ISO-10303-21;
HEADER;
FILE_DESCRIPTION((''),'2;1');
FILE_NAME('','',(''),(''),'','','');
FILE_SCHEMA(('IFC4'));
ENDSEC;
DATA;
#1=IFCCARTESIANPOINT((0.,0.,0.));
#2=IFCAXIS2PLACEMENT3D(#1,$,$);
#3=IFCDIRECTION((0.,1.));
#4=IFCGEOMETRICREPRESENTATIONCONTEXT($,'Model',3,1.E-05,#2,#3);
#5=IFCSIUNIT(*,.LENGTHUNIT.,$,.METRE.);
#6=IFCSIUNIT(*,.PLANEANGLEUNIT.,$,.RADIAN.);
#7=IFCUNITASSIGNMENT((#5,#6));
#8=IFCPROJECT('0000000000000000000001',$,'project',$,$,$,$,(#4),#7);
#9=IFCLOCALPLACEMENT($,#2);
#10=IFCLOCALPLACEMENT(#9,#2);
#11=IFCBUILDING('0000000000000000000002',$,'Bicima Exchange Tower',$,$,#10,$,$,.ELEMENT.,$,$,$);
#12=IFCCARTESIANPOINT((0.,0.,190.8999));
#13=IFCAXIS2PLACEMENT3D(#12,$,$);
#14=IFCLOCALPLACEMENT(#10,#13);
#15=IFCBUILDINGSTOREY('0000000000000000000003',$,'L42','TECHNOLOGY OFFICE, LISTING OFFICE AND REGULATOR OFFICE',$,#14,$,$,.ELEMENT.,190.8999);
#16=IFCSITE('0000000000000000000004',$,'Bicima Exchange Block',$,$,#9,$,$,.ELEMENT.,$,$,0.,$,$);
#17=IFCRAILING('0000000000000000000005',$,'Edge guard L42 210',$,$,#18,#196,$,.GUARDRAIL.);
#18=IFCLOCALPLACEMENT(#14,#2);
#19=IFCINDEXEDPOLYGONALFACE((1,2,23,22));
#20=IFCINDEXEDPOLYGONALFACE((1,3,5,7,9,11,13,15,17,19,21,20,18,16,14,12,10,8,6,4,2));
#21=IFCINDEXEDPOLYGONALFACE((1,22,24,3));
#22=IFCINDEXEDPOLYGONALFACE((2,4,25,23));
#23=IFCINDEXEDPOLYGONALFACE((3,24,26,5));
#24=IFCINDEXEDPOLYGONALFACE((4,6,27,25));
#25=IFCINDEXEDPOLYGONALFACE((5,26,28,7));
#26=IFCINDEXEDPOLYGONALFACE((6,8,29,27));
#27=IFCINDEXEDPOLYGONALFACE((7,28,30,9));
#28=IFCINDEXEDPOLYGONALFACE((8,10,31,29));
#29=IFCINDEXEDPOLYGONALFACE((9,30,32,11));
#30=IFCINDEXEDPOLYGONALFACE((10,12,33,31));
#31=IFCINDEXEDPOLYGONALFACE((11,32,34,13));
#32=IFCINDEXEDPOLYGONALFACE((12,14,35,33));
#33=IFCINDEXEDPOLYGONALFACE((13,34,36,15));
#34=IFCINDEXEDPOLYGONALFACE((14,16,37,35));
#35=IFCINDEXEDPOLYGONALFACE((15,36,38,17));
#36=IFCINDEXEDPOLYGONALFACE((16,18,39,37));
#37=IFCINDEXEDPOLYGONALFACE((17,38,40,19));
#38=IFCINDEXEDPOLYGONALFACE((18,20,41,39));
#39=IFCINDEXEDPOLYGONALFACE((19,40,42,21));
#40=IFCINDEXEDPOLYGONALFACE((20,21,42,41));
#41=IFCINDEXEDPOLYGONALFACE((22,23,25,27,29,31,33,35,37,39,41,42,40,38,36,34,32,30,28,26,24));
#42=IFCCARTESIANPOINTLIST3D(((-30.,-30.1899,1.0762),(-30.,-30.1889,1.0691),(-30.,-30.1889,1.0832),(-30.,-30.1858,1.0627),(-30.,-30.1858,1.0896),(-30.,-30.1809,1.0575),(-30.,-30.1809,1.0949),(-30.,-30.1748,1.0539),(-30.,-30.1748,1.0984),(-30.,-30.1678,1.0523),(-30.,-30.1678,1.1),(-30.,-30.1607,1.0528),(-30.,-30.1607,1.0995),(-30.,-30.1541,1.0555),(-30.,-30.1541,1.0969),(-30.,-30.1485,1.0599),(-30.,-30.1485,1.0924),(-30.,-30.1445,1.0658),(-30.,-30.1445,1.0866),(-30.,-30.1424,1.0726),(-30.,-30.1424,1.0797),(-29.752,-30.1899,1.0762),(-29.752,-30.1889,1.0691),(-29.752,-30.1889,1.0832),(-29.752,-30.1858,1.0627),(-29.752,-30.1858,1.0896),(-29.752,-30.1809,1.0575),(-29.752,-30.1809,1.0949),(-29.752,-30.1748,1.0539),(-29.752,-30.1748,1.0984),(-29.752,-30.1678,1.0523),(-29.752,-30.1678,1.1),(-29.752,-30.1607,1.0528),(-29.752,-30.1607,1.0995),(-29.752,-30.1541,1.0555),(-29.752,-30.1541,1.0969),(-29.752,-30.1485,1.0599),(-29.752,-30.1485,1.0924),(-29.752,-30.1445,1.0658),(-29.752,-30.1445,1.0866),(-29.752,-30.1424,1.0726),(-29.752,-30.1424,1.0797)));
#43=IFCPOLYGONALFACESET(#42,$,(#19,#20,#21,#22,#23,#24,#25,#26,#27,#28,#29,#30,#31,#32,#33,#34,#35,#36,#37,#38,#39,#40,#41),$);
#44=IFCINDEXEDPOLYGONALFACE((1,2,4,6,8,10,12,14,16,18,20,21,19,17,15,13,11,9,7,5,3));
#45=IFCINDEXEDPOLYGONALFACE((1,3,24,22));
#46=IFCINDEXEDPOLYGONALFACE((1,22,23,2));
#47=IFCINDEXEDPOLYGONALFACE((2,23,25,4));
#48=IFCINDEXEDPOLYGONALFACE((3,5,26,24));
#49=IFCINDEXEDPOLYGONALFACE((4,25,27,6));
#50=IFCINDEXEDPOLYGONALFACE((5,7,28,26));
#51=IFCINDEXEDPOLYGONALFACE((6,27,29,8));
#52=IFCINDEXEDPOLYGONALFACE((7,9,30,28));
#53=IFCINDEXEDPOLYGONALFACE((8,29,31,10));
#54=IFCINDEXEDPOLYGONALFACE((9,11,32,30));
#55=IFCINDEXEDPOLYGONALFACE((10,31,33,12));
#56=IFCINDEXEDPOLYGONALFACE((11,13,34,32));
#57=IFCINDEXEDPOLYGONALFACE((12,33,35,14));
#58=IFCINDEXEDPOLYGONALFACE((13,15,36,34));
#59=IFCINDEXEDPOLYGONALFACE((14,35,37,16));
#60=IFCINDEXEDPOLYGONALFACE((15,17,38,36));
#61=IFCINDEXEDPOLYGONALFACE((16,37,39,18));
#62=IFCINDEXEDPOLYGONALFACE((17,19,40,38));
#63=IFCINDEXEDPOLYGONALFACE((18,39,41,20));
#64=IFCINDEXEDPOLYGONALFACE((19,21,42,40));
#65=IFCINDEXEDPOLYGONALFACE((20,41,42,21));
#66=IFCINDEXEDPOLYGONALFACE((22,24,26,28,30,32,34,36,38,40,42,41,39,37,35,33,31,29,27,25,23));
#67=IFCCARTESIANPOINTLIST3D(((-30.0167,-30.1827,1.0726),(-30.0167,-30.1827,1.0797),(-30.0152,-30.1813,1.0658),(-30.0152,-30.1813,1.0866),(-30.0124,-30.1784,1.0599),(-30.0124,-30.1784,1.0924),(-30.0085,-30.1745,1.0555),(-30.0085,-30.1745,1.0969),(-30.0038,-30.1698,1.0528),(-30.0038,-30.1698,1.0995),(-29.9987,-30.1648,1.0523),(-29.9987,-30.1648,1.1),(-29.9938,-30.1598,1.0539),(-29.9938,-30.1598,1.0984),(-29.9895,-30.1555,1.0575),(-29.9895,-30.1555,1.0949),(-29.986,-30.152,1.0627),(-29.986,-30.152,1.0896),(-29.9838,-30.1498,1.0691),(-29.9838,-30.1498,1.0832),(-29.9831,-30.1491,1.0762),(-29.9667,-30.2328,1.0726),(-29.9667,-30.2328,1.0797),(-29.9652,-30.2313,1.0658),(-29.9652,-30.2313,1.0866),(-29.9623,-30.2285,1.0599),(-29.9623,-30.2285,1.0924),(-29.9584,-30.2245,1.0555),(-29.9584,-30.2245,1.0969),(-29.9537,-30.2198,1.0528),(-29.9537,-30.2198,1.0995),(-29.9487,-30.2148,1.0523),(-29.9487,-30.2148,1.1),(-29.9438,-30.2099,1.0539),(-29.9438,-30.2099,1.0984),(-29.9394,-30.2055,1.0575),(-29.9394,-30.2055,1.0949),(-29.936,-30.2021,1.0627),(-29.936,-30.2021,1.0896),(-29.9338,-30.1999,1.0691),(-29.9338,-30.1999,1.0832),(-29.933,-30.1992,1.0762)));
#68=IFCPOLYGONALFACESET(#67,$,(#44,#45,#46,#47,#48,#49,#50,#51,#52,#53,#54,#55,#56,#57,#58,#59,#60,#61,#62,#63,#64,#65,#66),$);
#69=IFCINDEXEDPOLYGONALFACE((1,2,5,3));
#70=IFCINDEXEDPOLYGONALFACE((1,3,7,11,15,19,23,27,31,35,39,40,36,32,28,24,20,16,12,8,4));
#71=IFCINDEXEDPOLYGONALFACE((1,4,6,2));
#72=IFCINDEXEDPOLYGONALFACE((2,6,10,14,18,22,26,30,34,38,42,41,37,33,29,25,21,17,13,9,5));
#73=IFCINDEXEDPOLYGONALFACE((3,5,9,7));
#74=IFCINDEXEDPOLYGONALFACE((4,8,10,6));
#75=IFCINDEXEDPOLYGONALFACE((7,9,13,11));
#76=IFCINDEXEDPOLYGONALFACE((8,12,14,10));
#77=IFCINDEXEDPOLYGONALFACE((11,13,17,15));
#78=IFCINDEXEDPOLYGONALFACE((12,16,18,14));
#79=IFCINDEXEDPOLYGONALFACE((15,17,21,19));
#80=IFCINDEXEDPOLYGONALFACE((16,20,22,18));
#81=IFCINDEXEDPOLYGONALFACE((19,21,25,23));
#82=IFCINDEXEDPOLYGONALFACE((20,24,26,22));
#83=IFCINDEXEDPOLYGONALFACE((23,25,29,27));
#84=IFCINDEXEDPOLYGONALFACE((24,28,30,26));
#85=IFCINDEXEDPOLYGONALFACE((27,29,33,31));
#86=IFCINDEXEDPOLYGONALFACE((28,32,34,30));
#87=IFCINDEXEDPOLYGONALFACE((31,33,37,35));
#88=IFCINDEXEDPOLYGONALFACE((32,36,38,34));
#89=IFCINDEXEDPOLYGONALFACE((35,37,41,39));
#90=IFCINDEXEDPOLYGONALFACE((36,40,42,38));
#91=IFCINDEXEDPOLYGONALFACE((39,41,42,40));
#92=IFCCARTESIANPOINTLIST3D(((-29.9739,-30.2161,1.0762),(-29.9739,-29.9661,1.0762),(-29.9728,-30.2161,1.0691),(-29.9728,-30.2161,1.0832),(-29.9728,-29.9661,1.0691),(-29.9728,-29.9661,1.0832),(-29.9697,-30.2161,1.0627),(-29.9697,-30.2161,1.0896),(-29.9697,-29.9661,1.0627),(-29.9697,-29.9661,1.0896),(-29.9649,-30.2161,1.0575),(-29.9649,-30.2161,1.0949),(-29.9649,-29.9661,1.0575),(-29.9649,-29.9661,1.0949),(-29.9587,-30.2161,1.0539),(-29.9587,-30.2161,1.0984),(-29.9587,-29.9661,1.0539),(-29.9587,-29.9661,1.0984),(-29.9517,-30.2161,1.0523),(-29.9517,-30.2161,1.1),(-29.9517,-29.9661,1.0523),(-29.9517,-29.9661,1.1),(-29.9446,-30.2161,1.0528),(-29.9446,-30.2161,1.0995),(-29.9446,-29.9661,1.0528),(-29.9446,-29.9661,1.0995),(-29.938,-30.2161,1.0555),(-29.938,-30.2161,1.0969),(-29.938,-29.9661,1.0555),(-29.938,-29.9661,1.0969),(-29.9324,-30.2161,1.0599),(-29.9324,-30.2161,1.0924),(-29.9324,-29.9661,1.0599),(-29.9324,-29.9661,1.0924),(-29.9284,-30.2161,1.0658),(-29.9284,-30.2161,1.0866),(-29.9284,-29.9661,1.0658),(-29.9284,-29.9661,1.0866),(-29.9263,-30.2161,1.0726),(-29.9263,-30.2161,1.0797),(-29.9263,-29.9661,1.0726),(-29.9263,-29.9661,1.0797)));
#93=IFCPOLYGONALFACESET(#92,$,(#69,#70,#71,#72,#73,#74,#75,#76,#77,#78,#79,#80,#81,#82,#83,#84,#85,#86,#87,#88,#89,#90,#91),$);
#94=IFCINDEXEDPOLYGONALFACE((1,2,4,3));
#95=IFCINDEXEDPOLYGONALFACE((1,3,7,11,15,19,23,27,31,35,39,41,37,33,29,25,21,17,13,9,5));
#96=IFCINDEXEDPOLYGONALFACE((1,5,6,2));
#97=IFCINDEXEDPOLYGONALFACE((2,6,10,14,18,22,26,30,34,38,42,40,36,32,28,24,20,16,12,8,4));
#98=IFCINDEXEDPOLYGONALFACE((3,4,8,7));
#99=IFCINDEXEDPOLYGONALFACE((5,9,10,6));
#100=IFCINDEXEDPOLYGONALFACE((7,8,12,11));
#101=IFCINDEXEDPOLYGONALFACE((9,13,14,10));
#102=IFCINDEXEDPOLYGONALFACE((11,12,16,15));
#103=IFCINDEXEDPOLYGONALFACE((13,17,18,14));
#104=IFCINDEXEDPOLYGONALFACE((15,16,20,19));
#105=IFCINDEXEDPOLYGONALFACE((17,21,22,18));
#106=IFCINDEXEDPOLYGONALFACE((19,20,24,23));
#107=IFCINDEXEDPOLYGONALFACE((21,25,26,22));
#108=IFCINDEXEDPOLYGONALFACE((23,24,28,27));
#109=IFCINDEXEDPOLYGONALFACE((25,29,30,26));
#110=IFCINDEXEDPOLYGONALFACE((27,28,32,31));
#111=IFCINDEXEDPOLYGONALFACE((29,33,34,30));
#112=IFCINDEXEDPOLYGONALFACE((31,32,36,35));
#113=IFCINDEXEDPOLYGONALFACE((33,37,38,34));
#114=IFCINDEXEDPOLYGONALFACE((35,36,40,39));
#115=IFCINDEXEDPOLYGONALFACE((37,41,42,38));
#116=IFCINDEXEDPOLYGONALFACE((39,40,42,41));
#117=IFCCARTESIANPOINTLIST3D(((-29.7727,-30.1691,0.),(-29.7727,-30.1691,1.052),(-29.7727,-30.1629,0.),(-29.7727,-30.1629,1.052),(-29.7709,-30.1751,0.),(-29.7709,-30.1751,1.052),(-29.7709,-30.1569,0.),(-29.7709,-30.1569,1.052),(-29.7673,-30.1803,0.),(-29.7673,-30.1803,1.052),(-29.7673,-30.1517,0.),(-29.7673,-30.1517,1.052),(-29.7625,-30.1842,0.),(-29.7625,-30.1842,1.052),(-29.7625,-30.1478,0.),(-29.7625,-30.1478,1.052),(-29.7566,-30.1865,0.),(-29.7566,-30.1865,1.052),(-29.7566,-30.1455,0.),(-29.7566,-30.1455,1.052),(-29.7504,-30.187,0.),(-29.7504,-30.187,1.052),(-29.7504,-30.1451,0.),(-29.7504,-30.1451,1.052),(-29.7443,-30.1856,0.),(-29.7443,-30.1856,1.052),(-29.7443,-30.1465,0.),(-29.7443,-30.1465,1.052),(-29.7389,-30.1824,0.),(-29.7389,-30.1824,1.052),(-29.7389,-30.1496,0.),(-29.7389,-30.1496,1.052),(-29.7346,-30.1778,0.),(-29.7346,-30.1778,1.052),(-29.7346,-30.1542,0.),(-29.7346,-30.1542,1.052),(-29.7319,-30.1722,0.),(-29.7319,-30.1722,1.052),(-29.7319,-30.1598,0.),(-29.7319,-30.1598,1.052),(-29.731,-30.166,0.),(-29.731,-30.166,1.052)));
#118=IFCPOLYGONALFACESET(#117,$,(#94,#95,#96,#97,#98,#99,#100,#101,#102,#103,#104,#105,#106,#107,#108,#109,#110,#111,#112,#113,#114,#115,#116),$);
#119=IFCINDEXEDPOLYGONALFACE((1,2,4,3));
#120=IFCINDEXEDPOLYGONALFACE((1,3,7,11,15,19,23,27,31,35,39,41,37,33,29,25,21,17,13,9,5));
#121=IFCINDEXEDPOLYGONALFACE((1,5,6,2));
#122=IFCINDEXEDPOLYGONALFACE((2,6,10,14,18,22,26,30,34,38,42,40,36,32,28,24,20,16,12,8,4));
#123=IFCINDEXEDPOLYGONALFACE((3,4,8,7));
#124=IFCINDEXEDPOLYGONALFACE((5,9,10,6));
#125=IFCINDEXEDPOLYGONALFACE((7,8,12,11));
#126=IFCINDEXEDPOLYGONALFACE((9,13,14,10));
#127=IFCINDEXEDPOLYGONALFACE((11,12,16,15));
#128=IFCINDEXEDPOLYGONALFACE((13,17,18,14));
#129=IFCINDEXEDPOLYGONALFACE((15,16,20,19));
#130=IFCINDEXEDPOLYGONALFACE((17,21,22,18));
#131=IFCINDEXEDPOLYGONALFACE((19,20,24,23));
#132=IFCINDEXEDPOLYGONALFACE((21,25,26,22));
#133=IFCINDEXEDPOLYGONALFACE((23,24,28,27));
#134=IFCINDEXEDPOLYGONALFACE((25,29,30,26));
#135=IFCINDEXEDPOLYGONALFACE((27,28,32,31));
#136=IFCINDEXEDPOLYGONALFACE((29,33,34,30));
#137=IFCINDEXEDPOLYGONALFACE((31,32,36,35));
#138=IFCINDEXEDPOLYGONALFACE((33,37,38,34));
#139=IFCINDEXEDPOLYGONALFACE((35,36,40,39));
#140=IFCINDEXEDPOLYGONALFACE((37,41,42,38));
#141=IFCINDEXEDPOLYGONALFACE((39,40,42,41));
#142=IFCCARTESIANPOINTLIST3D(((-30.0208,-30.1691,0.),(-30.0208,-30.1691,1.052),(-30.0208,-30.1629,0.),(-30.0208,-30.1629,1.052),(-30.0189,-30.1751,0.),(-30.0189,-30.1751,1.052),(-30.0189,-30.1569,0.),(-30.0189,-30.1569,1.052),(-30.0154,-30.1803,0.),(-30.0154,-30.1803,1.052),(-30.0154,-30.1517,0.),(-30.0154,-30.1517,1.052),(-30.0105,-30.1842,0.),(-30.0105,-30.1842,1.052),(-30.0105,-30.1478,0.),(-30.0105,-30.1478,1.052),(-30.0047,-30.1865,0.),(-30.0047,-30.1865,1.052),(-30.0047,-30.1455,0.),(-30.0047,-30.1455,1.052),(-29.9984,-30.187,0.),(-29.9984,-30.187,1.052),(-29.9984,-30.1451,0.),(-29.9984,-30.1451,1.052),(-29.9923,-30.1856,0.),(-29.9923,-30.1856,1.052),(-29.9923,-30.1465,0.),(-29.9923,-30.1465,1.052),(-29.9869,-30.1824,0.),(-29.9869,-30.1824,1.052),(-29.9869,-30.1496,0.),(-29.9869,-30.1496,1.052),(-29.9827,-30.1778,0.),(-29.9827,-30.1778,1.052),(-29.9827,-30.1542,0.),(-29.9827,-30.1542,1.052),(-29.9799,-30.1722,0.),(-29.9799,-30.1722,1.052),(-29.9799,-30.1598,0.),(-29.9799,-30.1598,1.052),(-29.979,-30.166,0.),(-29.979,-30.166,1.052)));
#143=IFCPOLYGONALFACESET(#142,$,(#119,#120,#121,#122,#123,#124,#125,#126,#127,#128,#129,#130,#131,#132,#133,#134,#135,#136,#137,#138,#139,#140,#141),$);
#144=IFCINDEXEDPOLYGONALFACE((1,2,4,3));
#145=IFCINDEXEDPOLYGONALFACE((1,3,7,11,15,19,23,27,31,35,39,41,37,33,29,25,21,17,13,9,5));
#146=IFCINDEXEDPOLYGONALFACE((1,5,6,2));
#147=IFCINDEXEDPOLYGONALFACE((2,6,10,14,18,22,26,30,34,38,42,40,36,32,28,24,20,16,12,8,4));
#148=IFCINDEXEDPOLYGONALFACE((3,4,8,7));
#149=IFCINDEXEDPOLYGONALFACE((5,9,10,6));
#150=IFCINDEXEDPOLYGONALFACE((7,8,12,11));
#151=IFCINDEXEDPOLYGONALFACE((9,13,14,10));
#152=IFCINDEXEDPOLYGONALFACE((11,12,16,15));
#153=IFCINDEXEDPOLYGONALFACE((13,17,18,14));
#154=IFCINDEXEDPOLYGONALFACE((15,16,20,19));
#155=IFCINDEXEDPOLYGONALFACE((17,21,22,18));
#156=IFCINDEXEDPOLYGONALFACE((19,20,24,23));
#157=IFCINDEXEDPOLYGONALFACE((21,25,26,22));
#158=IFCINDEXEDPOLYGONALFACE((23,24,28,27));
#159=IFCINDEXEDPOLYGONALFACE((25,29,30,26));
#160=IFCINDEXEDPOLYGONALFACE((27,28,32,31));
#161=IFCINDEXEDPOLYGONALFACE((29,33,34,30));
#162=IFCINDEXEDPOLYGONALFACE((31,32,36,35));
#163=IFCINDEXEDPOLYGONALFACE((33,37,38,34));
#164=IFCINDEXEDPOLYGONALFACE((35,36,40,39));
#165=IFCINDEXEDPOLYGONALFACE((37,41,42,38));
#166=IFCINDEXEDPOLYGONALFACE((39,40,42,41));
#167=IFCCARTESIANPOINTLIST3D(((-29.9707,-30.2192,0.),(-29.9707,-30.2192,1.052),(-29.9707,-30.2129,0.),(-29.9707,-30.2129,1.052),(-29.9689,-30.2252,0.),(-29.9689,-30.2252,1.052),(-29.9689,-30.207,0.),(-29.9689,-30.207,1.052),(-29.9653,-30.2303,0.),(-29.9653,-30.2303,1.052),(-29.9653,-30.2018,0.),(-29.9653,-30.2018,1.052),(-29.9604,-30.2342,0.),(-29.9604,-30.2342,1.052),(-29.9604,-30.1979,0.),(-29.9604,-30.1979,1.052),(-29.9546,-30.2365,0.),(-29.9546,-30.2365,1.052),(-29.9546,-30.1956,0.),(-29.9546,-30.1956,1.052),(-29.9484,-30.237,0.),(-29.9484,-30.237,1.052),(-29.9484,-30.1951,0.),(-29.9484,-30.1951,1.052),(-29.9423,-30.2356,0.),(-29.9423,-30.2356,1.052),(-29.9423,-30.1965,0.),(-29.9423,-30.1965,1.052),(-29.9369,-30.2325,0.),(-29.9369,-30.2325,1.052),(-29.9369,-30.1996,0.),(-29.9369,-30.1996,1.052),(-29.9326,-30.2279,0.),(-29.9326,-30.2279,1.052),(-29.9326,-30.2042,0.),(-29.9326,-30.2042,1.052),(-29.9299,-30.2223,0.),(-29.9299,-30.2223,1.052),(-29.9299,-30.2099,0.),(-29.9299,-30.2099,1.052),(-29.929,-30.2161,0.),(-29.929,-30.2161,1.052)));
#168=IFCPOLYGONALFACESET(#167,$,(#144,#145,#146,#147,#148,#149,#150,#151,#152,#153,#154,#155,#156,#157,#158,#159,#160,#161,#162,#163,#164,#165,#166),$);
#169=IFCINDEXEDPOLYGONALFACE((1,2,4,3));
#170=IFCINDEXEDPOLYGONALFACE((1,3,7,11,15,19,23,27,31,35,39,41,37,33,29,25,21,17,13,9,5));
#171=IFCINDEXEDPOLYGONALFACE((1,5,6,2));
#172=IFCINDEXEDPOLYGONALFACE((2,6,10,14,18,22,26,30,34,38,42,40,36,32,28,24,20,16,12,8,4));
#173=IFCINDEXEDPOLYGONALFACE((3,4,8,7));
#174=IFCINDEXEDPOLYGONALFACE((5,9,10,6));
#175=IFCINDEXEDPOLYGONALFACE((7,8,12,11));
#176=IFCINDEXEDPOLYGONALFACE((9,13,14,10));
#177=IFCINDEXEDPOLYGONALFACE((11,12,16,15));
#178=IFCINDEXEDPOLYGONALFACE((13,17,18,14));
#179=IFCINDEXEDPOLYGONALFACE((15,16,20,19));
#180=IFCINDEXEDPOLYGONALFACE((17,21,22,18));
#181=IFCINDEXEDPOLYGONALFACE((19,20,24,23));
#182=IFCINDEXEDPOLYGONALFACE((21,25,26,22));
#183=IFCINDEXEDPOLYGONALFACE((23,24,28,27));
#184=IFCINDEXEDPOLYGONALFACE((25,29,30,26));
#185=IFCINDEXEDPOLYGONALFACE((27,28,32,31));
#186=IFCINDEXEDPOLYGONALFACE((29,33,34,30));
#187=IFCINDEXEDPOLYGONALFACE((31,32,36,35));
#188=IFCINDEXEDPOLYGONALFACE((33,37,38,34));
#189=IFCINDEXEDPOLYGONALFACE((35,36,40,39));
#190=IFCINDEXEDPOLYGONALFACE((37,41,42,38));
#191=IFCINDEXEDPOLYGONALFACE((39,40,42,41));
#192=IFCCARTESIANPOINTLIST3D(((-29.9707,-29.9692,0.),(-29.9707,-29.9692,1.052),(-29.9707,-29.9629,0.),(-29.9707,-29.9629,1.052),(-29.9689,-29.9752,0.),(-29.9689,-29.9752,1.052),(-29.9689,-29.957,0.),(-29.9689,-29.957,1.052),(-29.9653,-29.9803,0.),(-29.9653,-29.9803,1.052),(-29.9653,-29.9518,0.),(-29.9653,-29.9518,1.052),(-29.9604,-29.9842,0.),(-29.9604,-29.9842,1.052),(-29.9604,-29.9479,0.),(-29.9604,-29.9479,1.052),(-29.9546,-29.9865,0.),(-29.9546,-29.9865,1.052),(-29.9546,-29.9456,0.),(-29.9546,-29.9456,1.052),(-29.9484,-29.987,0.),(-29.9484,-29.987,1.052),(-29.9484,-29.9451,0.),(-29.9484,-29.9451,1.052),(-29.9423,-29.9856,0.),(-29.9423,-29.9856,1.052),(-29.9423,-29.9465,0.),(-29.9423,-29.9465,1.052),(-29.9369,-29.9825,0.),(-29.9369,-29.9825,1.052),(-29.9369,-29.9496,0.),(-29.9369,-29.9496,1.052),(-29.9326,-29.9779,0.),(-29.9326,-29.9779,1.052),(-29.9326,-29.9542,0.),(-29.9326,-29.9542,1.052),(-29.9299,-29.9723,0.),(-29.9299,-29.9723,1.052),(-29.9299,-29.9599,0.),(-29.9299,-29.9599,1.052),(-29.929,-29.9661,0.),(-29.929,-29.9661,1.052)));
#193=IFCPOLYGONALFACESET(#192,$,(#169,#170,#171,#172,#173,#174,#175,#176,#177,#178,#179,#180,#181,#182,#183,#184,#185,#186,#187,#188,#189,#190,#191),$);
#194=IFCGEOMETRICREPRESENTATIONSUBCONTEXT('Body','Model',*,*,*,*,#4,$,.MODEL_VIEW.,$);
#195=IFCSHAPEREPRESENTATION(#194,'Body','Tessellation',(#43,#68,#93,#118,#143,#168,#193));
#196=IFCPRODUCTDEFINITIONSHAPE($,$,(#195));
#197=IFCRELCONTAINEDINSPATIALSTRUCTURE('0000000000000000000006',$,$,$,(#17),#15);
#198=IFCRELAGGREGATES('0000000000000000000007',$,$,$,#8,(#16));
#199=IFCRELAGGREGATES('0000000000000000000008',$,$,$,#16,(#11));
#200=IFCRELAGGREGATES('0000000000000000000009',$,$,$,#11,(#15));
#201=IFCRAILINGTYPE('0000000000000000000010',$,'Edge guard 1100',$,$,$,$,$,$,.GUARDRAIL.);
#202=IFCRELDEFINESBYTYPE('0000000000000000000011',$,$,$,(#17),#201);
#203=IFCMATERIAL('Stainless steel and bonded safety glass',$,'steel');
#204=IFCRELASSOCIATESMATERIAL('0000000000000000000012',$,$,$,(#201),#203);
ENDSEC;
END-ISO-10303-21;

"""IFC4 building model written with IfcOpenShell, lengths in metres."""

from ifc_helpers import new_model, si_unit, direction, frame, origin, origin_2d, place, context, subcontext, project, spatial, circle, extrude, material, type_object, element, save


model = new_model("IFC4")

# Units and contexts
model_context = context("Model", 3, precision=1e-05, world=origin(), true_north=direction((0.0, 1.0)))
body_context = subcontext(model_context, "Body", "Model", "MODEL_VIEW")
ifc_project = project(units=[si_unit("LENGTHUNIT", "METRE"), si_unit("PLANEANGLEUNIT", "RADIAN")], contexts=[model_context])

# Site, building, storey
site_placement = place(None, origin())
site = spatial("IfcSite", under=ifc_project, at=site_placement, Name="Bicima Exchange Block", CompositionType="ELEMENT", RefElevation=0.0)
building_placement = place(site_placement, origin())
building = spatial("IfcBuilding", under=site, at=building_placement, Name="Bicima Exchange Tower", CompositionType="ELEMENT")
storey_placement = place(building_placement, frame((0.0, 0.0, 190.8999)))
storey = spatial("IfcBuildingStorey", under=building, at=storey_placement, Name="L42", Description="TECHNOLOGY OFFICE, LISTING OFFICE AND REGULATOR OFFICE", CompositionType="ELEMENT", Elevation=190.8999)

# Railing
ifc_material_1 = material(Name="Stainless steel and bonded safety glass", Category="steel")
railing_type = type_object("IfcRailingType", Name="Edge guard 1100", PredefinedType="GUARDRAIL", material=ifc_material_1)
railing_1_placement = place(storey_placement, frame((-29.752, -30.166, 0.0)))
element("IfcRailing", 1, at=railing_1_placement, inside=storey, type_object=railing_type, Name="Edge guard L42 210", PredefinedType="GUARDRAIL", context=body_context, shape_type="SweptSolid", body=[
    extrude(circle(Radius=0.0239, at=origin_2d()), frame((0.0, 0.0, 1.0762), z_axis=(-1.0, 0.0, 0.0), x_axis=(0.0, -1.0, 0.0)), (0.0, 0.0, 1.0), 0.248),
    extrude(circle(Radius=0.0239, at=origin_2d()), frame((-0.248, 0.0, 1.0762), z_axis=(0.707107, -0.707107, 0.0), x_axis=(0.707107, 0.707107, 0.0)), (0.0, 0.0, 1.0), 0.0708),
    extrude(circle(Radius=0.0239, at=origin_2d()), frame((-0.198, -0.05, 1.0762), z_axis=(0.0, 1.0, 0.0), x_axis=(-1.0, 0.0, 0.0)), (0.0, 0.0, 1.0), 0.25),
    extrude(circle(Radius=0.021, at=origin_2d()), origin(), (0.0, 0.0, 1.0), 1.052),
    extrude(circle(Radius=0.021, at=origin_2d()), frame((-0.248, 0.0, 0.0)), (0.0, 0.0, 1.0), 1.052),
    extrude(circle(Radius=0.021, at=origin_2d()), frame((-0.198, -0.05, 0.0)), (0.0, 0.0, 1.0), 1.052),
    extrude(circle(Radius=0.021, at=origin_2d()), frame((-0.198, 0.2, 0.0)), (0.0, 0.0, 1.0), 1.052),
])

save(model, "model.ifc")
